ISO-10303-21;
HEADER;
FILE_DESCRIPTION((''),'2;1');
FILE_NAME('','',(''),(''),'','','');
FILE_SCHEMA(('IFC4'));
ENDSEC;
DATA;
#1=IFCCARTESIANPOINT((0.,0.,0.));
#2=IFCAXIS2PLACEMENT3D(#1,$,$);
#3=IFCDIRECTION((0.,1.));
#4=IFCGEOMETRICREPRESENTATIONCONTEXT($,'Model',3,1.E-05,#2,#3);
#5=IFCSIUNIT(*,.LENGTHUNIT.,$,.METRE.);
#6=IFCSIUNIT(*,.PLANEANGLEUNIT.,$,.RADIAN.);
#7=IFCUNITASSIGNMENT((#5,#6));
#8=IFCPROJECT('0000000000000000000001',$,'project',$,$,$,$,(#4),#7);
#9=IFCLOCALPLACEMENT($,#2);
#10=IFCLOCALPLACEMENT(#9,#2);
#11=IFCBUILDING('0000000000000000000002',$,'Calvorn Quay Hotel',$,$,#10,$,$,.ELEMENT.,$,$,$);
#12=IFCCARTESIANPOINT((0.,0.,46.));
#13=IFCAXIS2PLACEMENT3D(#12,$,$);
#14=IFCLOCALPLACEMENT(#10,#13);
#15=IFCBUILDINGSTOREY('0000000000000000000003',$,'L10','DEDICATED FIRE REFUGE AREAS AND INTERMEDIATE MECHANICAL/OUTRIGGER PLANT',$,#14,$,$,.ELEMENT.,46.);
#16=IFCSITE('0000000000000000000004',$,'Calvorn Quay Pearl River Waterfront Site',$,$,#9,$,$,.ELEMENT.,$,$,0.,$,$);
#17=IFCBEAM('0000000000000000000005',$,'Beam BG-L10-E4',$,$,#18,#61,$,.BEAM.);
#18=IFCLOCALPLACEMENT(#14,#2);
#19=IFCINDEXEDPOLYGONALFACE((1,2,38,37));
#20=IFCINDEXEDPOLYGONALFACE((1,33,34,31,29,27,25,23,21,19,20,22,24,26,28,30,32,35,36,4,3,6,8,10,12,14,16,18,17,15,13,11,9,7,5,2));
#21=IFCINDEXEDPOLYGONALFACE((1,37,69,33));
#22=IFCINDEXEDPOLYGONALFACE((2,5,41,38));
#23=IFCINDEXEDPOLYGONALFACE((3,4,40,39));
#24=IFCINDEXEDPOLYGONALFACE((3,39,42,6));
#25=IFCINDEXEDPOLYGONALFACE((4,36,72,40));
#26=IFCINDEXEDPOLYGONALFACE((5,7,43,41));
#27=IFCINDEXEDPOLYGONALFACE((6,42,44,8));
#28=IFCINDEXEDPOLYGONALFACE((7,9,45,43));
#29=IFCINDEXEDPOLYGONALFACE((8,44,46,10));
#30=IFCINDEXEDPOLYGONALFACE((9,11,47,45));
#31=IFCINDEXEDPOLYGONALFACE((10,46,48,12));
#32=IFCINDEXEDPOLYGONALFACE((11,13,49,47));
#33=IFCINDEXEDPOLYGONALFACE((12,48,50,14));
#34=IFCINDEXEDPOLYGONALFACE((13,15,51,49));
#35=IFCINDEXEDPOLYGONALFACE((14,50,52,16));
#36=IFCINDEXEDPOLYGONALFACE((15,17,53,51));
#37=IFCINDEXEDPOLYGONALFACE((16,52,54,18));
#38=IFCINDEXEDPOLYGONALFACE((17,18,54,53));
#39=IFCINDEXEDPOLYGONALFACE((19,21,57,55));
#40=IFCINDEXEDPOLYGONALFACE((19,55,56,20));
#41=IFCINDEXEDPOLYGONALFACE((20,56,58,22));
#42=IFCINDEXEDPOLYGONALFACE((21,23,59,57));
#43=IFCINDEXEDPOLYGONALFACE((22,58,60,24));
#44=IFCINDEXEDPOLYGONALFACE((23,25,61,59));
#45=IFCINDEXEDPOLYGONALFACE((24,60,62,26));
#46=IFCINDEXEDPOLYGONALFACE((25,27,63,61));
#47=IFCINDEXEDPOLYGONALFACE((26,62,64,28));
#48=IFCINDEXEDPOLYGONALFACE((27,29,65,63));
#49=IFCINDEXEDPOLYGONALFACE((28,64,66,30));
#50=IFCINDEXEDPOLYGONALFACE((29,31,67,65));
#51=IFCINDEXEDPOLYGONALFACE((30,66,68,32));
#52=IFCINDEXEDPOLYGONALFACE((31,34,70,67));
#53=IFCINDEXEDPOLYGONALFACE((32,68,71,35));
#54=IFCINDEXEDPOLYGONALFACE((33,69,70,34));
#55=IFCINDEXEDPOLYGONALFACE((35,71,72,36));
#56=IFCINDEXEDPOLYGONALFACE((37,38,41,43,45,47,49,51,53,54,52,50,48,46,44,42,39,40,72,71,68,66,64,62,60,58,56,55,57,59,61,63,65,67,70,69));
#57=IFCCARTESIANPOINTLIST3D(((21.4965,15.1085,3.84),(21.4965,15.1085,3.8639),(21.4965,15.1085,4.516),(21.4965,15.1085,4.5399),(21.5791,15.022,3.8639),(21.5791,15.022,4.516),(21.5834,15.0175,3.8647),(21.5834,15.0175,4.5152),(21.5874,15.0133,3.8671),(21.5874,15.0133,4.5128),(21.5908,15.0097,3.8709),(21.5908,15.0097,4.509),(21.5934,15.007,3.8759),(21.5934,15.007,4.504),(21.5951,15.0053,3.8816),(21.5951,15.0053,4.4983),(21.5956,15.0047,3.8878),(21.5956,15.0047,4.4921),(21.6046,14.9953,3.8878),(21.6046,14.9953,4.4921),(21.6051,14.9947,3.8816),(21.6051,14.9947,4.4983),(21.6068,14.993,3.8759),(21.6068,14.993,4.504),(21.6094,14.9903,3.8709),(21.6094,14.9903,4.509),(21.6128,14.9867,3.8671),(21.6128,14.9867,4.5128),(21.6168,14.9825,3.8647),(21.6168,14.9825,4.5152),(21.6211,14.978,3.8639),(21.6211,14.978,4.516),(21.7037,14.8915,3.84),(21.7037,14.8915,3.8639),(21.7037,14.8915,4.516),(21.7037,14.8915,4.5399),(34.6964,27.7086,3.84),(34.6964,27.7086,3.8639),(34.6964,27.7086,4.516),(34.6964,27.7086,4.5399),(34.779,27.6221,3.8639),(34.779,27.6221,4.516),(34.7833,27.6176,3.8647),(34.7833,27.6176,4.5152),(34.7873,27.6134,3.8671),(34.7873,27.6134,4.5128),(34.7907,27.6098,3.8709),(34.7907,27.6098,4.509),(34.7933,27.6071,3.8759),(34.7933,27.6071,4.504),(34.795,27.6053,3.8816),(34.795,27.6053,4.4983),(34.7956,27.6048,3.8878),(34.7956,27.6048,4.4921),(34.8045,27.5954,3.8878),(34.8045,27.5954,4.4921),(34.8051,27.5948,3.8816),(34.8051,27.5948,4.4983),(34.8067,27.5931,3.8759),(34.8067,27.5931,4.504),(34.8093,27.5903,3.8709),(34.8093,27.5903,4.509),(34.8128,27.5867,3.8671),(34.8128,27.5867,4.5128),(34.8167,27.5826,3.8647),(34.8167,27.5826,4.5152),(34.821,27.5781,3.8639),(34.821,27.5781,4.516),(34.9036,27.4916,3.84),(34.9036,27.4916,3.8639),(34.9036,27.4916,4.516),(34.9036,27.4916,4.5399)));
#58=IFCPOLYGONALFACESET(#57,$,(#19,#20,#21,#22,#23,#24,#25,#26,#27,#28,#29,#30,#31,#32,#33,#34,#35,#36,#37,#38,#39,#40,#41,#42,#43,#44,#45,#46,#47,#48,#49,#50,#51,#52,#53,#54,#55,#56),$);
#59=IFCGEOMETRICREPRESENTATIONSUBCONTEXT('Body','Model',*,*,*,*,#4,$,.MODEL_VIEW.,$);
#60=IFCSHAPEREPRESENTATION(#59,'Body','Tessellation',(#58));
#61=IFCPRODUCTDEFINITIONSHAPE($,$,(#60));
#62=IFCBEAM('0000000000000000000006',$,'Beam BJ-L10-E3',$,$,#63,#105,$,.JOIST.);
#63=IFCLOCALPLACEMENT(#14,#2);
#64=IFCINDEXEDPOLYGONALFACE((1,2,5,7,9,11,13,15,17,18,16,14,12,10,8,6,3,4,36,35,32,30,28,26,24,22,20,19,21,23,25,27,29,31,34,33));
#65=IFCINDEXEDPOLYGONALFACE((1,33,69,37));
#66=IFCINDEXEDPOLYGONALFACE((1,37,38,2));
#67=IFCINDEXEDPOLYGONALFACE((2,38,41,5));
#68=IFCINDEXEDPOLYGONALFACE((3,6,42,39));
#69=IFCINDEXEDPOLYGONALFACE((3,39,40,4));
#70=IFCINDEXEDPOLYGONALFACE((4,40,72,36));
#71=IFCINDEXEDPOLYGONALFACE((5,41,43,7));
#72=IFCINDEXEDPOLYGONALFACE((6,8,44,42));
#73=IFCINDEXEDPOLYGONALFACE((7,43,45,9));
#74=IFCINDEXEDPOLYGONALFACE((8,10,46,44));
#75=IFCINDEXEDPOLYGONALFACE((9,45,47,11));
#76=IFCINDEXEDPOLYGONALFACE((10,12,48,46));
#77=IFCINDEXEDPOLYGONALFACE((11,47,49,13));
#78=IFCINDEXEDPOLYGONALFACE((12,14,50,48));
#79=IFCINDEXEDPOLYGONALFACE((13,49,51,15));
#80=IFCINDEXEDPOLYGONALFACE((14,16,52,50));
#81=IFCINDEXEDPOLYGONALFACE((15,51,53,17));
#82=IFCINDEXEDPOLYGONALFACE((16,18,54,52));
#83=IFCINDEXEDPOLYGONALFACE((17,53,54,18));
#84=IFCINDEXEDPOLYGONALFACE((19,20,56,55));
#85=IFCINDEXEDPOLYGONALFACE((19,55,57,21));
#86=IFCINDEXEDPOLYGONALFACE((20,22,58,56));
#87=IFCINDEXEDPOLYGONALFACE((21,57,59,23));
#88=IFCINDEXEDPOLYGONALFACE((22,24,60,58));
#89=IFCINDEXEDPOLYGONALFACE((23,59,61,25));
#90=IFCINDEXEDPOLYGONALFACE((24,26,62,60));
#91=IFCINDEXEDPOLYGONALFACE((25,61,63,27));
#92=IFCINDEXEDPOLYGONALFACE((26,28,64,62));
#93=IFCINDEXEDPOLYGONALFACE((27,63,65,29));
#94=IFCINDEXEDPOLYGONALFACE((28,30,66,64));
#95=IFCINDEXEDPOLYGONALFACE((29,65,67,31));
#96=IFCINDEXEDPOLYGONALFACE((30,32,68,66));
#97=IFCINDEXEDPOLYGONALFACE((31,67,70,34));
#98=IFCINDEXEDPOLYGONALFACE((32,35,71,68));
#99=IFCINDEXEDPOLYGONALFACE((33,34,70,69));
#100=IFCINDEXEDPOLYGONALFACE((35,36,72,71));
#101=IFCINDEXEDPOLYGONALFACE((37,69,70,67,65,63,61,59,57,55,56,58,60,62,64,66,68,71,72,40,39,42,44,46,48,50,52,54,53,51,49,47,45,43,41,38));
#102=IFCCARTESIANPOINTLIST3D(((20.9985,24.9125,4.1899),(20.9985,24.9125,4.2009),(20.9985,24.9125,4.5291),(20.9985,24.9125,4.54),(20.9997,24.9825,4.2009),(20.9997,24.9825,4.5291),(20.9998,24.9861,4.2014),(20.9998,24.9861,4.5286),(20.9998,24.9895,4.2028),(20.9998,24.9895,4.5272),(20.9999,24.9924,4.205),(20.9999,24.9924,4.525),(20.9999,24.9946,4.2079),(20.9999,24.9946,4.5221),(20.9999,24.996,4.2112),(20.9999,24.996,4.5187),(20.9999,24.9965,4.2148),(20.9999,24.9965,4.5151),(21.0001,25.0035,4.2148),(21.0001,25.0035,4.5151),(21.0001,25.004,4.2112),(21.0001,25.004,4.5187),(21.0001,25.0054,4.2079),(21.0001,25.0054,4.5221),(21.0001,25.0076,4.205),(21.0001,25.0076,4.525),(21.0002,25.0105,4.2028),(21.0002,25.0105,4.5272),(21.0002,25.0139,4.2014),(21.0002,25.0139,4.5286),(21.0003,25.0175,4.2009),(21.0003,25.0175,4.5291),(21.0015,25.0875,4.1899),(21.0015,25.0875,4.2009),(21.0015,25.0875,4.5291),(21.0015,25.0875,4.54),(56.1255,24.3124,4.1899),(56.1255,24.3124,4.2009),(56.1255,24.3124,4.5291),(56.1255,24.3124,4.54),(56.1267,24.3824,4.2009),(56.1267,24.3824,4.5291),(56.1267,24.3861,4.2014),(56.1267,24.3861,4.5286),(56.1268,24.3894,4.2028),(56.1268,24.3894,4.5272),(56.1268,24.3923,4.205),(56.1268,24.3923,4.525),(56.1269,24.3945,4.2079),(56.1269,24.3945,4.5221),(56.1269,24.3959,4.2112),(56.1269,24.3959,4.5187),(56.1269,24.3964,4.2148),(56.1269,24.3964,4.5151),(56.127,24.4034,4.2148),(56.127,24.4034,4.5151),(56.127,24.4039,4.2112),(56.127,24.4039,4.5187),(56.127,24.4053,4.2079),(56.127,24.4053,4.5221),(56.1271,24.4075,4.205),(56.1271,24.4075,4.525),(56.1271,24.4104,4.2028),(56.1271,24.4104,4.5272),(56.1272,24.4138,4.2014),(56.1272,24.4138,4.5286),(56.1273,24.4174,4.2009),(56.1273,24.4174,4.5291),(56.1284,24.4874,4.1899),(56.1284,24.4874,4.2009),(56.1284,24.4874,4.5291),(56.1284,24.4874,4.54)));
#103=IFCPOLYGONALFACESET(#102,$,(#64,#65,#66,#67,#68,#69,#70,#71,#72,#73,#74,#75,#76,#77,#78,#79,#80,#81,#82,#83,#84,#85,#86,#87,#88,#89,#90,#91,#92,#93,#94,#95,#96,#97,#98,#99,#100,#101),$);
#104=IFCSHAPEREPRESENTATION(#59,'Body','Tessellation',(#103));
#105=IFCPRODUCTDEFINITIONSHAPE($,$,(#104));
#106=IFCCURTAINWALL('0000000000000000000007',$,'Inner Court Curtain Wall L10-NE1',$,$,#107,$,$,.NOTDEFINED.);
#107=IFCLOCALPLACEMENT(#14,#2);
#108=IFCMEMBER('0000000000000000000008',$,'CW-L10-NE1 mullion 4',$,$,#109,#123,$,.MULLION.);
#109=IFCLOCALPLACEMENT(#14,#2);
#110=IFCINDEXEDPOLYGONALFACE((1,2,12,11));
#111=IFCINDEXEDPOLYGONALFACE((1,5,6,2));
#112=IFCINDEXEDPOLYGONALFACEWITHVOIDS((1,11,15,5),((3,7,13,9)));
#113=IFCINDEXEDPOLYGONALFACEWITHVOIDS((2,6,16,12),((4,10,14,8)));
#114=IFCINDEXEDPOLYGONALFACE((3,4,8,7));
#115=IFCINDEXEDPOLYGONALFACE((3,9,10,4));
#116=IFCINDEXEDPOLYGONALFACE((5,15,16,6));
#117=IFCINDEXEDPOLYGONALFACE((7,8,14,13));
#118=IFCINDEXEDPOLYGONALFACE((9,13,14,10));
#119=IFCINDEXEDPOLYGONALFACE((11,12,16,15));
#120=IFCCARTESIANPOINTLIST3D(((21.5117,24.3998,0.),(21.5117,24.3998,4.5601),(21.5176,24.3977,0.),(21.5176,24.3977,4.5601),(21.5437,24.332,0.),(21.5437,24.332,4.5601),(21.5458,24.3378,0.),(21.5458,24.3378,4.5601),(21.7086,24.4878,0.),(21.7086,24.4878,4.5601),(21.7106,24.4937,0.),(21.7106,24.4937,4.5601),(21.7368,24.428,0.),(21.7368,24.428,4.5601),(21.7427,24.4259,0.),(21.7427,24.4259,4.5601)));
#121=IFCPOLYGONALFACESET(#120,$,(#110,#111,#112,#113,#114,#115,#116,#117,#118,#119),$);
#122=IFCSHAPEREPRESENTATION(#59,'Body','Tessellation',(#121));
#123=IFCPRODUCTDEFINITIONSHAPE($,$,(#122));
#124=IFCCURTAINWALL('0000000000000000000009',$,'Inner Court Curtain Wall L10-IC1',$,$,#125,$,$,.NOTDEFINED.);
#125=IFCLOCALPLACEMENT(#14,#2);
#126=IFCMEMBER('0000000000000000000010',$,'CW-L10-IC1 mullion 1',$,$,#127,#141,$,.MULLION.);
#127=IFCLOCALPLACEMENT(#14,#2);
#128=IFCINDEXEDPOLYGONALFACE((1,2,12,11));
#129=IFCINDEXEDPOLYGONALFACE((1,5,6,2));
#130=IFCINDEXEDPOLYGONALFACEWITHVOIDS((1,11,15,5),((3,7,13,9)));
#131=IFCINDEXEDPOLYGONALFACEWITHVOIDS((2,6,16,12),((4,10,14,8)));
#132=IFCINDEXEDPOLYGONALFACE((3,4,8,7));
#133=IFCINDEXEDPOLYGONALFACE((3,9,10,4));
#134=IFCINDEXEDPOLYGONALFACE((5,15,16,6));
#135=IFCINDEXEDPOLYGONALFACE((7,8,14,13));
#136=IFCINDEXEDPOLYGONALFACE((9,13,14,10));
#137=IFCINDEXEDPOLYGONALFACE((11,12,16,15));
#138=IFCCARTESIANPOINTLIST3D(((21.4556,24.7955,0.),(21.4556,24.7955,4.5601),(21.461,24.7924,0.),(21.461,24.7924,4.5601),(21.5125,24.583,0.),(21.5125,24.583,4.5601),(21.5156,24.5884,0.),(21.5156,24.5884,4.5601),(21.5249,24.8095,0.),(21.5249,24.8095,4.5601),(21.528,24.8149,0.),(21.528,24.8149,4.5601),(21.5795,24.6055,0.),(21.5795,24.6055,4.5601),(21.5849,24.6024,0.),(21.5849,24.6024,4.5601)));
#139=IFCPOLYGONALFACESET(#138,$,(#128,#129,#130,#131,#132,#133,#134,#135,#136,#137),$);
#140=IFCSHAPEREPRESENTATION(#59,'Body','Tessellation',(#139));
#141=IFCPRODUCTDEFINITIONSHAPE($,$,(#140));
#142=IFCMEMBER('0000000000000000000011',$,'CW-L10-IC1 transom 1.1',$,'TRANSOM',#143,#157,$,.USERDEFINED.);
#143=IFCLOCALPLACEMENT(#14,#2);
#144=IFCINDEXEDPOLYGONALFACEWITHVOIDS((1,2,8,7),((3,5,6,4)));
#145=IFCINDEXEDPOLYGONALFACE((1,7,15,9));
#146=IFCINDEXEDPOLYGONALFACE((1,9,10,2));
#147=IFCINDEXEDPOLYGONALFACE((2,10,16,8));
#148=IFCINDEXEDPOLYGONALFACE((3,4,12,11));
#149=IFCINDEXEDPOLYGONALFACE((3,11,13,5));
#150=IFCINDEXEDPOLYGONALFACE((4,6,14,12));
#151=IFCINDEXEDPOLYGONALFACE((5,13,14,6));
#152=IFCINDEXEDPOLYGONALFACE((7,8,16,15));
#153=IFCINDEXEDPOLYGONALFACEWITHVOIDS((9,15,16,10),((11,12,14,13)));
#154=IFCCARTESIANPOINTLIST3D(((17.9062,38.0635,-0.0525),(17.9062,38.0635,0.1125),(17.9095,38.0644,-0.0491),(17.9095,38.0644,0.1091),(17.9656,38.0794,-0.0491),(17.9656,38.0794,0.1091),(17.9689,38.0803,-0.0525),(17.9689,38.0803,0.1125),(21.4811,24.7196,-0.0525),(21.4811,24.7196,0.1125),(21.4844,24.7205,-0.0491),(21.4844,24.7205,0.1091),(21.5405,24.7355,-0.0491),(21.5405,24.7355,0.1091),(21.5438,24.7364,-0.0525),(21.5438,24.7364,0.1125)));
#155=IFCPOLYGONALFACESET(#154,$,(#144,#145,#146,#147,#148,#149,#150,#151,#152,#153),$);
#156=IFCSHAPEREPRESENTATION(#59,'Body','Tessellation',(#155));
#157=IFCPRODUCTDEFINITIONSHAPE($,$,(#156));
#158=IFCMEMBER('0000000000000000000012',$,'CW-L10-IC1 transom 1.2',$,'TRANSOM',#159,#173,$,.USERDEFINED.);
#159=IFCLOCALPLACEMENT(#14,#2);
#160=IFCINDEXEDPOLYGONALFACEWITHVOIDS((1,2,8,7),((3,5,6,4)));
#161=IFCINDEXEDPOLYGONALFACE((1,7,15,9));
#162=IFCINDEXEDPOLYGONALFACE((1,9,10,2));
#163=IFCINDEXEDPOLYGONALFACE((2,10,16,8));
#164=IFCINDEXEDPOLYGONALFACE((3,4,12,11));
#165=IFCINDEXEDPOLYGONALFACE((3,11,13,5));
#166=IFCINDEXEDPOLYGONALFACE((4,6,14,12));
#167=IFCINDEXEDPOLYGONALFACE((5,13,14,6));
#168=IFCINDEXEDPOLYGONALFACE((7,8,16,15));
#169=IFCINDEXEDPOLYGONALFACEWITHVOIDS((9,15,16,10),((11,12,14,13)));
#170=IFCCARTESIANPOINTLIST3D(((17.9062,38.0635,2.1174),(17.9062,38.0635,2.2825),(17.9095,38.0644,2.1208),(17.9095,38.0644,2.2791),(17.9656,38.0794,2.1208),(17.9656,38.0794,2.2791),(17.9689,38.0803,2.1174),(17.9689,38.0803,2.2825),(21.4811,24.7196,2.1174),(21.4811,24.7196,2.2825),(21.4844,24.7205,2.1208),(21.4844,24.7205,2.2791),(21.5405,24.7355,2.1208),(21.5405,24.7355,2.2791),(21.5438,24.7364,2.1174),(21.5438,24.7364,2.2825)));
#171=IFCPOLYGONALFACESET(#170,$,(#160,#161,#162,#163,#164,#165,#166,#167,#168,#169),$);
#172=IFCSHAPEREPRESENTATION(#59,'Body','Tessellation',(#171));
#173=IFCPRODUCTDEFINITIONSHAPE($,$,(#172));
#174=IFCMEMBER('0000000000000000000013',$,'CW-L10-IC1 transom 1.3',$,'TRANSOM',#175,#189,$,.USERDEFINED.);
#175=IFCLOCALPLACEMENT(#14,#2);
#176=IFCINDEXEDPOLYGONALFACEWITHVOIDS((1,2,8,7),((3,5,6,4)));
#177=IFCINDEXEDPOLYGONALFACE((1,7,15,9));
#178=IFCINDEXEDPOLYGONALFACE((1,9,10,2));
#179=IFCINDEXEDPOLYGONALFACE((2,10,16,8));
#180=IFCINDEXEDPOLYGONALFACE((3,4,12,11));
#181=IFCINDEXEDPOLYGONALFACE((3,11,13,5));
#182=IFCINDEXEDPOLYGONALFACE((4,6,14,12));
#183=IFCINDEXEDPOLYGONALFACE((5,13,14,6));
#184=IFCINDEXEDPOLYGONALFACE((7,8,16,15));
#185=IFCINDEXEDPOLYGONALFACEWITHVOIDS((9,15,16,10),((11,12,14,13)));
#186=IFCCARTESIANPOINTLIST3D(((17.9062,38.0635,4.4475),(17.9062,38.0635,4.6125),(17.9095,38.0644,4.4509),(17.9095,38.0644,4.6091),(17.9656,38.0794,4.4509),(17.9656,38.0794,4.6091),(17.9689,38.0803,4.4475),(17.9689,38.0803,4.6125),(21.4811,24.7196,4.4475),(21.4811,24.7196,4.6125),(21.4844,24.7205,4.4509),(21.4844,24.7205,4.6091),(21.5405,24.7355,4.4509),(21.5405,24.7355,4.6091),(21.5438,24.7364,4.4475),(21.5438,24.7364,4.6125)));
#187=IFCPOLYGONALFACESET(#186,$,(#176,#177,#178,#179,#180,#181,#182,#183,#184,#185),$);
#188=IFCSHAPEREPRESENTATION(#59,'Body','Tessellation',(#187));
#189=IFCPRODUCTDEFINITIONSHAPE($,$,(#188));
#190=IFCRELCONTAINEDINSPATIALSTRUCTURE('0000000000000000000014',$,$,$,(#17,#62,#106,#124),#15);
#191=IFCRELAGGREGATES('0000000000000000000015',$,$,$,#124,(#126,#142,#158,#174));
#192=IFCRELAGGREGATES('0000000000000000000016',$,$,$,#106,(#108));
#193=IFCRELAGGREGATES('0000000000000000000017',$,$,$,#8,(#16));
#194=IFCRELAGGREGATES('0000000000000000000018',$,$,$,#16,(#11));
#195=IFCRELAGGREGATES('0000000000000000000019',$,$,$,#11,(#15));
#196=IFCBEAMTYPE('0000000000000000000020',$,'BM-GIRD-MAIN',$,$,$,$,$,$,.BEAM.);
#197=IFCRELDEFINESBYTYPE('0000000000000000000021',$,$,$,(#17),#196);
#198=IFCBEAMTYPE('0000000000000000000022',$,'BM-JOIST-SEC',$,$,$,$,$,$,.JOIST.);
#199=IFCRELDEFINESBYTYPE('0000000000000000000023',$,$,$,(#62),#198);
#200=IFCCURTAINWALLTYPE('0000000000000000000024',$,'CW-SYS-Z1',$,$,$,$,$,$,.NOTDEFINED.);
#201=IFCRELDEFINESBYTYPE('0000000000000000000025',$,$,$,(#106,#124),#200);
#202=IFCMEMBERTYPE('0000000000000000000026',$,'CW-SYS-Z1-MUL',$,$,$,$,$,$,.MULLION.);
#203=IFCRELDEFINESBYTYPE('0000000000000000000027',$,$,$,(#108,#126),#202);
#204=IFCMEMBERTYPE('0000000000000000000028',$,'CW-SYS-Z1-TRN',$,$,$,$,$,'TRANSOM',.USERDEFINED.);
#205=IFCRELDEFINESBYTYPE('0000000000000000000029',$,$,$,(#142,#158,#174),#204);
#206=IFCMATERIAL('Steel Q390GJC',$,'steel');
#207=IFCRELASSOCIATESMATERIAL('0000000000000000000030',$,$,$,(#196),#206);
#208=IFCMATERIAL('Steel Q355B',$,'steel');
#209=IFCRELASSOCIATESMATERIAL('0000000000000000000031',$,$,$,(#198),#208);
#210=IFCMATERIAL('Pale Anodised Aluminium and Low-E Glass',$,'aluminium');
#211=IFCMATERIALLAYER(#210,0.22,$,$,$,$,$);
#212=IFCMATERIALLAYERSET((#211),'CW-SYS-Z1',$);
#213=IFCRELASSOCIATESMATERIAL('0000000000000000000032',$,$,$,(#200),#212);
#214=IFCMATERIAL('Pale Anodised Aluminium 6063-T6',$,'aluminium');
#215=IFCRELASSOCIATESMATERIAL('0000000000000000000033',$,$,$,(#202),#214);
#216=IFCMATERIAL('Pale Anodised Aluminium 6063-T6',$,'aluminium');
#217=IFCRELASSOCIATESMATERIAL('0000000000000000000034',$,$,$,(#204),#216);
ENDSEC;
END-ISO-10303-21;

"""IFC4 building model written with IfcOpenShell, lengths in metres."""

from ifc_helpers import new_model, si_unit, direction, frame, origin, origin_2d, place, context, subcontext, project, spatial, hollow_rectangle, i_section, extrude, material, layer, layer_set, material_profile, profile_set, type_object, element, aggregate, save


model = new_model("IFC4")

# Units and contexts
model_context = context("Model", 3, precision=1e-05, world=origin(), true_north=direction((0.0, 1.0)))
body_context = subcontext(model_context, "Body", "Model", "MODEL_VIEW")
ifc_project = project(units=[si_unit("LENGTHUNIT", "METRE"), si_unit("PLANEANGLEUNIT", "RADIAN")], contexts=[model_context])

# Site, building, storey
site_placement = place(None, origin())
site = spatial("IfcSite", under=ifc_project, at=site_placement, Name="Calvorn Quay Pearl River Waterfront Site", CompositionType="ELEMENT", RefElevation=0.0)
building_placement = place(site_placement, origin())
building = spatial("IfcBuilding", under=site, at=building_placement, Name="Calvorn Quay Hotel", CompositionType="ELEMENT")
storey_placement = place(building_placement, frame((0.0, 0.0, 46.0)))
storey = spatial("IfcBuildingStorey", under=building, at=storey_placement, Name="L10", Description="DEDICATED FIRE REFUGE AREAS AND INTERMEDIATE MECHANICAL/OUTRIGGER PLANT", CompositionType="ELEMENT", Elevation=46.0)

# Beams
ifc_material_1 = material(Name="Steel Q390GJC", Category="steel")
ifc_material_profile_1 = material_profile(ifc_material_1, i_section(OverallWidth=0.3, OverallDepth=0.7, WebThickness=0.0129, FlangeThickness=0.0239, FilletRadius=0.0239, at=origin_2d()), Name="HN700x300x13x24")
ifc_profile_set_1 = profile_set([ifc_material_profile_1], Name="Steel Q390GJC")
beam_type_1 = type_object("IfcBeamType", Name="BM-GIRD-MAIN", PredefinedType="BEAM", material=ifc_profile_set_1)
beam_1_placement = place(storey_placement, frame((21.6001, 15.0, 4.1899), z_axis=(0.723352, 0.69048, 0.0), x_axis=(-0.69048, 0.723352, 0.0)))
element("IfcBeam", 1, at=beam_1_placement, inside=storey, type_object=beam_type_1, Name="Beam BG-L10-E4", PredefinedType="BEAM", context=body_context, shape_type="SweptSolid", body=[
    extrude(i_section(OverallWidth=0.3, OverallDepth=0.7, WebThickness=0.0129, FlangeThickness=0.0239, FilletRadius=0.0239, at=origin_2d()), origin(), (0.0, 0.0, 1.0), 18.2483),
])
ifc_material_2 = material(Name="Steel Q355B", Category="steel")
ifc_material_profile_2 = material_profile(ifc_material_2, i_section(OverallWidth=0.175, OverallDepth=0.3501, WebThickness=0.0071, FlangeThickness=0.011, FilletRadius=0.0139, at=origin_2d()), Name="HN350x175x7x11")
ifc_profile_set_2 = profile_set([ifc_material_profile_2], Name="Steel Q355B")
beam_type_2 = type_object("IfcBeamType", Name="BM-JOIST-SEC", PredefinedType="JOIST", material=ifc_profile_set_2)
beam_2_placement = place(storey_placement, frame((21.0, 25.0, 4.365), z_axis=(0.999854, -0.017081, 0.0), x_axis=(0.017081, 0.999854, 0.0)))
element("IfcBeam", 2, at=beam_2_placement, inside=storey, type_object=beam_type_2, Name="Beam BJ-L10-E3", PredefinedType="JOIST", context=body_context, shape_type="SweptSolid", body=[
    extrude(i_section(OverallWidth=0.175, OverallDepth=0.3501, WebThickness=0.0071, FlangeThickness=0.011, FilletRadius=0.0139, at=origin_2d()), origin(), (0.0, 0.0, 1.0), 35.1321),
])

# Curtain wall, member
ifc_material_3 = material(Name="Pale Anodised Aluminium and Low-E Glass", Category="aluminium")
ifc_layer_1 = layer(ifc_material_3, 0.22)
ifc_layer_set_1 = layer_set([ifc_layer_1], Name="CW-SYS-Z1")
curtain_wall_type = type_object("IfcCurtainWallType", Name="CW-SYS-Z1", PredefinedType="NOTDEFINED", material=ifc_layer_set_1)
curtain_wall_1_placement = place(storey_placement, origin())
curtain_wall_1 = element("IfcCurtainWall", 3, at=curtain_wall_1_placement, inside=storey, type_object=curtain_wall_type, Name="Inner Court Curtain Wall L10-NE1", PredefinedType="NOTDEFINED")
ifc_material_4 = material(Name="Pale Anodised Aluminium 6063-T6", Category="aluminium")
ifc_material_profile_3 = material_profile(ifc_material_4, hollow_rectangle(XDim=0.075, YDim=0.22, WallThickness=0.0044, at=origin_2d()), Name="ALU-M220x75x4.5")
ifc_profile_set_3 = profile_set([ifc_material_profile_3], Name="Pale Anodised Aluminium 6063-T6")
member_type_1 = type_object("IfcMemberType", Name="CW-SYS-Z1-MUL", PredefinedType="MULLION", material=ifc_profile_set_3)
member_1_placement = place(storey_placement, frame((21.6272, 24.4128, 0.0), z_axis=(0.0, 0.0, 1.0), x_axis=(0.427006, -0.904249, 0.0)))
member_1 = element("IfcMember", 4, at=member_1_placement, type_object=member_type_1, Name="CW-L10-NE1 mullion 4", PredefinedType="MULLION", context=body_context, shape_type="SweptSolid", body=[
    extrude(hollow_rectangle(XDim=0.075, YDim=0.22, WallThickness=0.0044, at=origin_2d()), origin(), (0.0, 0.0, 1.0), 4.5601),
])

# Curtain wall, members
curtain_wall_2_placement = place(storey_placement, origin())
curtain_wall_2 = element("IfcCurtainWall", 5, at=curtain_wall_2_placement, inside=storey, type_object=curtain_wall_type, Name="Inner Court Curtain Wall L10-IC1", PredefinedType="NOTDEFINED")
member_2_placement = place(storey_placement, frame((21.5203, 24.699, 0.0), z_axis=(0.0, 0.0, 1.0), x_axis=(-0.965937, -0.258779, 0.0)))
member_2 = element("IfcMember", 6, at=member_2_placement, type_object=member_type_1, Name="CW-L10-IC1 mullion 1", PredefinedType="MULLION", context=body_context, shape_type="SweptSolid", body=[
    extrude(hollow_rectangle(XDim=0.075, YDim=0.22, WallThickness=0.0044, at=origin_2d()), origin(), (0.0, 0.0, 1.0), 4.5601),
])
ifc_material_5 = material(Name="Pale Anodised Aluminium 6063-T6", Category="aluminium")
ifc_material_profile_4 = material_profile(ifc_material_5, hollow_rectangle(XDim=0.0649, YDim=0.165, WallThickness=0.0034, at=origin_2d()), Name="ALU-T165x65x3.5")
ifc_profile_set_4 = profile_set([ifc_material_profile_4], Name="Pale Anodised Aluminium 6063-T6")
member_type_2 = type_object("IfcMemberType", Name="CW-SYS-Z1-TRN", ElementType="TRANSOM", PredefinedType="USERDEFINED", material=ifc_profile_set_4)
member_3_placement = place(storey_placement, frame((21.5125, 24.728, 0.03), z_axis=(-0.258781, 0.965936, 0.0), x_axis=(-0.965936, -0.258781, 0.0)))
member_3 = element("IfcMember", 7, at=member_3_placement, type_object=member_type_2, Name="CW-L10-IC1 transom 1.1", ObjectType="TRANSOM", PredefinedType="USERDEFINED", context=body_context, shape_type="SweptSolid", body=[
    extrude(hollow_rectangle(XDim=0.0649, YDim=0.165, WallThickness=0.0034, at=origin_2d()), origin(), (0.0, 0.0, 1.0), 13.8145),
])
member_4_placement = place(storey_placement, frame((21.5125, 24.728, 2.2), z_axis=(-0.258781, 0.965936, 0.0), x_axis=(-0.965936, -0.258781, 0.0)))
member_4 = element("IfcMember", 8, at=member_4_placement, type_object=member_type_2, Name="CW-L10-IC1 transom 1.2", ObjectType="TRANSOM", PredefinedType="USERDEFINED", context=body_context, shape_type="SweptSolid", body=[
    extrude(hollow_rectangle(XDim=0.0649, YDim=0.165, WallThickness=0.0034, at=origin_2d()), origin(), (0.0, 0.0, 1.0), 13.8145),
])
member_5_placement = place(storey_placement, frame((21.5125, 24.728, 4.53), z_axis=(-0.258781, 0.965936, 0.0), x_axis=(-0.965936, -0.258781, 0.0)))
member_5 = element("IfcMember", 9, at=member_5_placement, type_object=member_type_2, Name="CW-L10-IC1 transom 1.3", ObjectType="TRANSOM", PredefinedType="USERDEFINED", context=body_context, shape_type="SweptSolid", body=[
    extrude(hollow_rectangle(XDim=0.0649, YDim=0.165, WallThickness=0.0034, at=origin_2d()), origin(), (0.0, 0.0, 1.0), 13.8145),
])
aggregate(curtain_wall_2, [member_2, member_3, member_4, member_5])

aggregate(curtain_wall_1, [member_1])

save(model, "model.ifc")
